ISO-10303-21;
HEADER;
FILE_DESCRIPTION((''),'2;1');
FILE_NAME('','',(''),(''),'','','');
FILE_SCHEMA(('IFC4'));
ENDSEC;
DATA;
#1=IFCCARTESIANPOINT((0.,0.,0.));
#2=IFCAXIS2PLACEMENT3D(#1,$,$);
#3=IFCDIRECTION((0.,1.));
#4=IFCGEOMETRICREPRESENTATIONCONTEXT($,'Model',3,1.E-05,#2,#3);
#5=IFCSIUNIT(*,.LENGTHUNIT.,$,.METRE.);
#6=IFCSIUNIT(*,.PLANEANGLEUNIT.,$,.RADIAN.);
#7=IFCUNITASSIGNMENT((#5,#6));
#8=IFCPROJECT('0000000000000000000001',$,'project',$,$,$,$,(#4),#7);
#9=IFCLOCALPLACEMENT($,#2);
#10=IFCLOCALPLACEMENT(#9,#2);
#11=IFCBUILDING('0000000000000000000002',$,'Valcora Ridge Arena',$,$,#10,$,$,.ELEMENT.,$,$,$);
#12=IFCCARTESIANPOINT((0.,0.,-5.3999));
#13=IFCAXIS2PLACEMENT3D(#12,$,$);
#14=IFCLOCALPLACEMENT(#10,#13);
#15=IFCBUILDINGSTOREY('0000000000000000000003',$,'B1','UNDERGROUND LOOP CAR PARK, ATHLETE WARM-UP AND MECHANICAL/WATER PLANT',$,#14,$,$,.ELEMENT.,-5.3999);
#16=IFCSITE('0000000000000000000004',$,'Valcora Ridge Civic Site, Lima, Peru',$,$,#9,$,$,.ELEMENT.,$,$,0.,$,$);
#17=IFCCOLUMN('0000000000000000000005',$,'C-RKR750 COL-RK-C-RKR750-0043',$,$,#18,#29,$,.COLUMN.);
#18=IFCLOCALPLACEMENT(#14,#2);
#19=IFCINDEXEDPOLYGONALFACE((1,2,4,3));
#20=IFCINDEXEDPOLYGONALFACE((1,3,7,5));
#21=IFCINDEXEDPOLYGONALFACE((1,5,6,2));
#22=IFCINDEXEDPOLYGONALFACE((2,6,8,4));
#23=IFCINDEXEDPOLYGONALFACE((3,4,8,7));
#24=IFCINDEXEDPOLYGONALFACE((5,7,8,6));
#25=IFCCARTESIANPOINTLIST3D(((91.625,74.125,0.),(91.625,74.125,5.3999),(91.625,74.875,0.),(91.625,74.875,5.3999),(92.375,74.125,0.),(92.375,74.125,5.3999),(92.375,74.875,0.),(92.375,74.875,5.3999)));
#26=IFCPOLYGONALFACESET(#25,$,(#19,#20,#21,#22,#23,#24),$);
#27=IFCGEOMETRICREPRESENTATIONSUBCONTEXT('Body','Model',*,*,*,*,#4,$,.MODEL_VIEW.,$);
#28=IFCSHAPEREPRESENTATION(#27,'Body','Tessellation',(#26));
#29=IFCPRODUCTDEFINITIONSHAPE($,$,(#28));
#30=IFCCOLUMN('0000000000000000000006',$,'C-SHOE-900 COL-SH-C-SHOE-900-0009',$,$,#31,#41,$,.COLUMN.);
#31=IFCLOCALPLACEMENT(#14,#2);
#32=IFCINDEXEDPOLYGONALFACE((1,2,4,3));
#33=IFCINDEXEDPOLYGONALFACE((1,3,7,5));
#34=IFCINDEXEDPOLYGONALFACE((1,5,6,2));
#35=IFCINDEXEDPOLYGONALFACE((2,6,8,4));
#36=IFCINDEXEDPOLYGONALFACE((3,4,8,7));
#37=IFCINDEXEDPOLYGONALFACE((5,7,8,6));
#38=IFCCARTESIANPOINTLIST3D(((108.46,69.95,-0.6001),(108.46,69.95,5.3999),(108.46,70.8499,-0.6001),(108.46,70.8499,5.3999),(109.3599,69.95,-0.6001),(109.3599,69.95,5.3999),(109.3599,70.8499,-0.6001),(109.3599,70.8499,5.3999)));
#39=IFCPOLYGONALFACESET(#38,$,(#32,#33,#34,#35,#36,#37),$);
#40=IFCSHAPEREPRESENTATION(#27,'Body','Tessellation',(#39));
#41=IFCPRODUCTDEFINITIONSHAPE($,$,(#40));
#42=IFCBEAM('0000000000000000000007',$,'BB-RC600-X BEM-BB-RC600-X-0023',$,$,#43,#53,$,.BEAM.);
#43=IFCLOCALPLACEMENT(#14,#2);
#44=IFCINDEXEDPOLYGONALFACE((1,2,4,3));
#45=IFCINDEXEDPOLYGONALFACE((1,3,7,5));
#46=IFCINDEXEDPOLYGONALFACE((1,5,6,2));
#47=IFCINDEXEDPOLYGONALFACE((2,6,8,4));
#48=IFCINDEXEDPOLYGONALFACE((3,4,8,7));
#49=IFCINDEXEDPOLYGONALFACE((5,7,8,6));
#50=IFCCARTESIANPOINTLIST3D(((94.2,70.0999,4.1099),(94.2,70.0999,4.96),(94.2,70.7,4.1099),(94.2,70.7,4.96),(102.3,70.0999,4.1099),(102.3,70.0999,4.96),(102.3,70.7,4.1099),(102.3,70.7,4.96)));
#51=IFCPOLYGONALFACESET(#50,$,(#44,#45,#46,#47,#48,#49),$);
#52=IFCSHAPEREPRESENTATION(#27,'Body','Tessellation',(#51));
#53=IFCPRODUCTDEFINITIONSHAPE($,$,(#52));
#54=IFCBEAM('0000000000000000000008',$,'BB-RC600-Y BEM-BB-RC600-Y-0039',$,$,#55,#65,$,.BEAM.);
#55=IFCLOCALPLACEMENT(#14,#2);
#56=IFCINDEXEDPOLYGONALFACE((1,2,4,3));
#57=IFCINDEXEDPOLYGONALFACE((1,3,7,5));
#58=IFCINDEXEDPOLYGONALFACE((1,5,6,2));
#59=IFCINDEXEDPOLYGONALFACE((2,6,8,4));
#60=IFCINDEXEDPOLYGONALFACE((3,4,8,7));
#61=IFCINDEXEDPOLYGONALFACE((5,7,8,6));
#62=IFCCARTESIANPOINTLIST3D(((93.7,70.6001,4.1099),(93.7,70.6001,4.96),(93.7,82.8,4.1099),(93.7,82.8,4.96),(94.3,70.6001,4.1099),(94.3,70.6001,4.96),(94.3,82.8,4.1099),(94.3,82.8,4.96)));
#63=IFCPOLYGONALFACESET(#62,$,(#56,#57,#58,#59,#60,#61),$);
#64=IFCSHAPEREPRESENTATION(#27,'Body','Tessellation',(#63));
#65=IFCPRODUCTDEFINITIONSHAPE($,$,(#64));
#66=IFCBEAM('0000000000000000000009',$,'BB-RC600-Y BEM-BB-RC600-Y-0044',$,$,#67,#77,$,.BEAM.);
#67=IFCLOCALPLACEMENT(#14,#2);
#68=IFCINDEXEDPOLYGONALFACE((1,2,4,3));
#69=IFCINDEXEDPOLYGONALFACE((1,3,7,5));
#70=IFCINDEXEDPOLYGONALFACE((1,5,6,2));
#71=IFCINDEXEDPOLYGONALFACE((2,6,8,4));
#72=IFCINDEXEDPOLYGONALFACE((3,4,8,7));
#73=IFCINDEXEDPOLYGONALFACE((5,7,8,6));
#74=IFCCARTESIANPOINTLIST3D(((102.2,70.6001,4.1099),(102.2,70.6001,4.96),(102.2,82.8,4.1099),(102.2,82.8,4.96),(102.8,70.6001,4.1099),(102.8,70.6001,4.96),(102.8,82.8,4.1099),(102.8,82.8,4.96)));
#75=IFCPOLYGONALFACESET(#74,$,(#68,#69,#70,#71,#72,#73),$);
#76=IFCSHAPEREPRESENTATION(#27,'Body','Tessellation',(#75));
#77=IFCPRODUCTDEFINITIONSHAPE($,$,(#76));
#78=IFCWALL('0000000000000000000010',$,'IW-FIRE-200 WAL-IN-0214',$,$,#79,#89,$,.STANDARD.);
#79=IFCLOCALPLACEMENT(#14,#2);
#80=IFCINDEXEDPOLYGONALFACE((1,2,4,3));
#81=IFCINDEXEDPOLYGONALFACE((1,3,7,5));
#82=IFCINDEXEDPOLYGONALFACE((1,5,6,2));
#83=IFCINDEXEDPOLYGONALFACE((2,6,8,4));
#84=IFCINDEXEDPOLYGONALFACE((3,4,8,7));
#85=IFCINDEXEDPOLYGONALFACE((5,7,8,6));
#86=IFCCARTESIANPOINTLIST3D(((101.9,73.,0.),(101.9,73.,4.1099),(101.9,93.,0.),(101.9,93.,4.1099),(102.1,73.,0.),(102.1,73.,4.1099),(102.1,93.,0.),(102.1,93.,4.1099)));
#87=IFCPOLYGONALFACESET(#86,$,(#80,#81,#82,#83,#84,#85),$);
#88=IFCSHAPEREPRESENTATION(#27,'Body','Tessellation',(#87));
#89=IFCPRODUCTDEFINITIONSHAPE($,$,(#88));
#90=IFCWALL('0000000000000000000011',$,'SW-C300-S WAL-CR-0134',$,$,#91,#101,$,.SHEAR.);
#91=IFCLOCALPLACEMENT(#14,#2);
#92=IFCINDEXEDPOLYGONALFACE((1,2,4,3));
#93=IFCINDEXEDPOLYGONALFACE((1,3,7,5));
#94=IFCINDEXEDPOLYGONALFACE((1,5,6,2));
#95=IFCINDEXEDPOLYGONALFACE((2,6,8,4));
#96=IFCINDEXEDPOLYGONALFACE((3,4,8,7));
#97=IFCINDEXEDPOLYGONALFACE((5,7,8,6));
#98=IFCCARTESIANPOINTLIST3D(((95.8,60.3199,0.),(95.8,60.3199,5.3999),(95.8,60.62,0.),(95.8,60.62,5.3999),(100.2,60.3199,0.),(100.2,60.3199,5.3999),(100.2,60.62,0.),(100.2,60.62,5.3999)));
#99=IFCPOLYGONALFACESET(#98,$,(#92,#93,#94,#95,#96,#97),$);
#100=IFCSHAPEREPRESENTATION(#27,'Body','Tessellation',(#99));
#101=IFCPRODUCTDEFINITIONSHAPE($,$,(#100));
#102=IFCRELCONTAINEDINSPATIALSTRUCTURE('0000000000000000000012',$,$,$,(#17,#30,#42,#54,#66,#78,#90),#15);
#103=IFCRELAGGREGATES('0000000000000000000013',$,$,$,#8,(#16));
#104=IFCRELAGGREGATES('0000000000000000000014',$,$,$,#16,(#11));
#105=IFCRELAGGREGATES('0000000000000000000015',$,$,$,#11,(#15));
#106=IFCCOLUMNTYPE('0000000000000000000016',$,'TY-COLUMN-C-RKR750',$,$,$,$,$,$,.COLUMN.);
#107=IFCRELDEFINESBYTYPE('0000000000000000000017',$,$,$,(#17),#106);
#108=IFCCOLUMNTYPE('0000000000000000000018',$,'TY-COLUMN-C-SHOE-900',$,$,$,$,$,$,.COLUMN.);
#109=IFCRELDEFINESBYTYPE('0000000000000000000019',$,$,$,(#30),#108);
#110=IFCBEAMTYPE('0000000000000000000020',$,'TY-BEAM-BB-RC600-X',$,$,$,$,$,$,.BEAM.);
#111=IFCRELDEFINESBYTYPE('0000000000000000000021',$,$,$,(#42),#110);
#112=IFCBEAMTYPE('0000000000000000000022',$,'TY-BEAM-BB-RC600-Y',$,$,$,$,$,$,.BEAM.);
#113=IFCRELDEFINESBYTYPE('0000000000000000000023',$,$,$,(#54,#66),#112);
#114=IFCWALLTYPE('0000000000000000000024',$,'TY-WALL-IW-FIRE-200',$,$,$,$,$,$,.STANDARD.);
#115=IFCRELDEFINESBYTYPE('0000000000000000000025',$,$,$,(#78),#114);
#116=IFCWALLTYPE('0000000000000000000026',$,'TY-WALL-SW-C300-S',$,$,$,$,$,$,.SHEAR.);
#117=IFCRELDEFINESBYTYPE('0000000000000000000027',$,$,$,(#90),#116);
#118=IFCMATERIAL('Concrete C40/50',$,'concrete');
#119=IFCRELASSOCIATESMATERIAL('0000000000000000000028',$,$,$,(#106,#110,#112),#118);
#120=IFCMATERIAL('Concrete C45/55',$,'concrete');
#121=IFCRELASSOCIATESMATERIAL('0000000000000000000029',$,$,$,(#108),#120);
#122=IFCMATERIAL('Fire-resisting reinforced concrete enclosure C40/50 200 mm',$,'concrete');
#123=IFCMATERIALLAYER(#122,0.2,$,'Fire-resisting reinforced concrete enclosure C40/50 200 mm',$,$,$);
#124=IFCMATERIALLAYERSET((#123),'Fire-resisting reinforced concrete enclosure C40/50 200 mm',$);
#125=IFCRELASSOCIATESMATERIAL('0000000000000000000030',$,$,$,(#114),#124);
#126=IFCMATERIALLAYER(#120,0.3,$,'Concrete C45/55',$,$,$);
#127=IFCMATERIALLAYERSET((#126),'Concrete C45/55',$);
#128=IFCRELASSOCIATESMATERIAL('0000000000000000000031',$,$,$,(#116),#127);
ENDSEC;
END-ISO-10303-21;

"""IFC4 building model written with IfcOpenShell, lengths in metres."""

from ifc_helpers import new_model, si_unit, direction, frame, frame_2d, origin, origin_2d, place, context, subcontext, project, spatial, rectangle, extrude, material, layer, layer_set, material_profile, profile_set, type_object, element, save


model = new_model("IFC4")

# Units and contexts
model_context = context("Model", 3, precision=1e-05, world=origin(), true_north=direction((0.0, 1.0)))
body_context = subcontext(model_context, "Body", "Model", "MODEL_VIEW")
ifc_project = project(units=[si_unit("LENGTHUNIT", "METRE"), si_unit("PLANEANGLEUNIT", "RADIAN")], contexts=[model_context])

# Site, building, storey
site_placement = place(None, origin())
site = spatial("IfcSite", under=ifc_project, at=site_placement, Name="Valcora Ridge Civic Site, Lima, Peru", CompositionType="ELEMENT", RefElevation=0.0)
building_placement = place(site_placement, origin())
building = spatial("IfcBuilding", under=site, at=building_placement, Name="Valcora Ridge Arena", CompositionType="ELEMENT")
storey_placement = place(building_placement, frame((0.0, 0.0, -5.3999)))
storey = spatial("IfcBuildingStorey", under=building, at=storey_placement, Name="B1", Description="UNDERGROUND LOOP CAR PARK, ATHLETE WARM-UP AND MECHANICAL/WATER PLANT", CompositionType="ELEMENT", Elevation=-5.3999)

# Shared definitions
ifc_material_1 = material(Name="Concrete C40/50", Category="concrete")

# Columns
ifc_material_profile_1 = material_profile(ifc_material_1, rectangle(XDim=0.75, YDim=0.75, at=origin_2d()), Name="RC 750x750")
ifc_profile_set_1 = profile_set([ifc_material_profile_1], Name="Concrete C40/50")
column_type_1 = type_object("IfcColumnType", Name="TY-COLUMN-C-RKR750", PredefinedType="COLUMN", material=ifc_profile_set_1)
for number, where, z_axis, x_axis, name in (
    (1, (92.0, 74.5, 0.0), (0.0, 0.0, 1.0), (1.0, 0.0, 0.0), "C-RKR750 COL-RK-C-RKR750-0043"),
):
    element("IfcColumn", number, at=place(storey_placement, frame(where, z_axis=z_axis, x_axis=x_axis)), inside=storey, type_object=column_type_1, Name=name, PredefinedType="COLUMN", context=body_context, shape_type="SweptSolid", body=[
        extrude(rectangle(XDim=0.75, YDim=0.75, at=origin_2d()), origin(), (0.0, 0.0, 1.0), 5.3999),
    ])
ifc_material_2 = material(Name="Concrete C45/55", Category="concrete")
ifc_material_profile_2 = material_profile(ifc_material_2, rectangle(XDim=0.8999, YDim=0.8999, at=origin_2d()), Name="RC 900x900")
ifc_profile_set_2 = profile_set([ifc_material_profile_2], Name="Concrete C45/55")
column_type_2 = type_object("IfcColumnType", Name="TY-COLUMN-C-SHOE-900", PredefinedType="COLUMN", material=ifc_profile_set_2)
column_placement = place(storey_placement, frame((108.9099, 70.3999, -0.6001), z_axis=(0.0, 0.0, 1.0), x_axis=(1.0, 0.0, 0.0)))
element("IfcColumn", 2, at=column_placement, inside=storey, type_object=column_type_2, Name="C-SHOE-900 COL-SH-C-SHOE-900-0009", PredefinedType="COLUMN", context=body_context, shape_type="SweptSolid", body=[
    extrude(rectangle(XDim=0.8999, YDim=0.8999, at=origin_2d()), origin(), (0.0, 0.0, 1.0), 6.0),
])

# Beams
ifc_material_profile_3 = material_profile(ifc_material_1, rectangle(XDim=0.6001, YDim=0.8501, at=origin_2d()), Name="RC 600x850")
ifc_profile_set_3 = profile_set([ifc_material_profile_3], Name="Concrete C40/50")
beam_type_1 = type_object("IfcBeamType", Name="TY-BEAM-BB-RC600-X", PredefinedType="BEAM", material=ifc_profile_set_3)
beam_placement = place(storey_placement, frame((94.2, 70.3999, 4.5349), z_axis=(1.0, 0.0, 0.0), x_axis=(0.0, 1.0, 0.0)))
element("IfcBeam", 3, at=beam_placement, inside=storey, type_object=beam_type_1, Name="BB-RC600-X BEM-BB-RC600-X-0023", PredefinedType="BEAM", context=body_context, shape_type="SweptSolid", body=[
    extrude(rectangle(XDim=0.6001, YDim=0.8501, at=origin_2d()), origin(), (0.0, 0.0, 1.0), 8.1001),
])
ifc_material_profile_4 = material_profile(ifc_material_1, rectangle(XDim=0.6001, YDim=0.8501, at=origin_2d()), Name="RC 600x850")
ifc_profile_set_4 = profile_set([ifc_material_profile_4], Name="Concrete C40/50")
beam_type_2 = type_object("IfcBeamType", Name="TY-BEAM-BB-RC600-Y", PredefinedType="BEAM", material=ifc_profile_set_4)
for number, where, z_axis, x_axis, name in (
    (4, (94.0, 70.6001, 4.5349), (0.0, 1.0, 0.0), (-1.0, 0.0, 0.0), "BB-RC600-Y BEM-BB-RC600-Y-0039"),
    (5, (102.5, 70.6001, 4.5349), (0.0, 1.0, 0.0), (-1.0, 0.0, 0.0), "BB-RC600-Y BEM-BB-RC600-Y-0044"),
):
    element("IfcBeam", number, at=place(storey_placement, frame(where, z_axis=z_axis, x_axis=x_axis)), inside=storey, type_object=beam_type_2, Name=name, PredefinedType="BEAM", context=body_context, shape_type="SweptSolid", body=[
        extrude(rectangle(XDim=0.6001, YDim=0.8501, at=origin_2d()), origin(), (0.0, 0.0, 1.0), 12.2),
    ])

# Walls
ifc_material_3 = material(Name="Fire-resisting reinforced concrete enclosure C40/50 200 mm", Category="concrete")
ifc_layer_1 = layer(ifc_material_3, 0.2, Name="Fire-resisting reinforced concrete enclosure C40/50 200 mm")
ifc_layer_set_1 = layer_set([ifc_layer_1], Name="Fire-resisting reinforced concrete enclosure C40/50 200 mm")
wall_type_1 = type_object("IfcWallType", Name="TY-WALL-IW-FIRE-200", PredefinedType="STANDARD", material=ifc_layer_set_1)
wall_1_placement = place(storey_placement, frame((102.0, 73.0, 0.0), z_axis=(0.0, 0.0, 1.0), x_axis=(0.0, 1.0, 0.0)))
element("IfcWall", 6, at=wall_1_placement, inside=storey, type_object=wall_type_1, Name="IW-FIRE-200 WAL-IN-0214", PredefinedType="STANDARD", context=body_context, shape_type="SweptSolid", body=[
    extrude(rectangle(XDim=20.0, YDim=0.2, at=frame_2d((10.0, 0.0))), origin(), (0.0, 0.0, 1.0), 4.1099),
])
ifc_layer_2 = layer(ifc_material_2, 0.3, Name="Concrete C45/55")
ifc_layer_set_2 = layer_set([ifc_layer_2], Name="Concrete C45/55")
wall_type_2 = type_object("IfcWallType", Name="TY-WALL-SW-C300-S", PredefinedType="SHEAR", material=ifc_layer_set_2)
wall_2_placement = place(storey_placement, frame((95.8, 60.47, 0.0), z_axis=(0.0, 0.0, 1.0), x_axis=(1.0, 0.0, 0.0)))
element("IfcWall", 7, at=wall_2_placement, inside=storey, type_object=wall_type_2, Name="SW-C300-S WAL-CR-0134", PredefinedType="SHEAR", context=body_context, shape_type="SweptSolid", body=[
    extrude(rectangle(XDim=4.3999, YDim=0.3, at=frame_2d((2.2, 0.0))), origin(), (0.0, 0.0, 1.0), 5.3999),
])

save(model, "model.ifc")
